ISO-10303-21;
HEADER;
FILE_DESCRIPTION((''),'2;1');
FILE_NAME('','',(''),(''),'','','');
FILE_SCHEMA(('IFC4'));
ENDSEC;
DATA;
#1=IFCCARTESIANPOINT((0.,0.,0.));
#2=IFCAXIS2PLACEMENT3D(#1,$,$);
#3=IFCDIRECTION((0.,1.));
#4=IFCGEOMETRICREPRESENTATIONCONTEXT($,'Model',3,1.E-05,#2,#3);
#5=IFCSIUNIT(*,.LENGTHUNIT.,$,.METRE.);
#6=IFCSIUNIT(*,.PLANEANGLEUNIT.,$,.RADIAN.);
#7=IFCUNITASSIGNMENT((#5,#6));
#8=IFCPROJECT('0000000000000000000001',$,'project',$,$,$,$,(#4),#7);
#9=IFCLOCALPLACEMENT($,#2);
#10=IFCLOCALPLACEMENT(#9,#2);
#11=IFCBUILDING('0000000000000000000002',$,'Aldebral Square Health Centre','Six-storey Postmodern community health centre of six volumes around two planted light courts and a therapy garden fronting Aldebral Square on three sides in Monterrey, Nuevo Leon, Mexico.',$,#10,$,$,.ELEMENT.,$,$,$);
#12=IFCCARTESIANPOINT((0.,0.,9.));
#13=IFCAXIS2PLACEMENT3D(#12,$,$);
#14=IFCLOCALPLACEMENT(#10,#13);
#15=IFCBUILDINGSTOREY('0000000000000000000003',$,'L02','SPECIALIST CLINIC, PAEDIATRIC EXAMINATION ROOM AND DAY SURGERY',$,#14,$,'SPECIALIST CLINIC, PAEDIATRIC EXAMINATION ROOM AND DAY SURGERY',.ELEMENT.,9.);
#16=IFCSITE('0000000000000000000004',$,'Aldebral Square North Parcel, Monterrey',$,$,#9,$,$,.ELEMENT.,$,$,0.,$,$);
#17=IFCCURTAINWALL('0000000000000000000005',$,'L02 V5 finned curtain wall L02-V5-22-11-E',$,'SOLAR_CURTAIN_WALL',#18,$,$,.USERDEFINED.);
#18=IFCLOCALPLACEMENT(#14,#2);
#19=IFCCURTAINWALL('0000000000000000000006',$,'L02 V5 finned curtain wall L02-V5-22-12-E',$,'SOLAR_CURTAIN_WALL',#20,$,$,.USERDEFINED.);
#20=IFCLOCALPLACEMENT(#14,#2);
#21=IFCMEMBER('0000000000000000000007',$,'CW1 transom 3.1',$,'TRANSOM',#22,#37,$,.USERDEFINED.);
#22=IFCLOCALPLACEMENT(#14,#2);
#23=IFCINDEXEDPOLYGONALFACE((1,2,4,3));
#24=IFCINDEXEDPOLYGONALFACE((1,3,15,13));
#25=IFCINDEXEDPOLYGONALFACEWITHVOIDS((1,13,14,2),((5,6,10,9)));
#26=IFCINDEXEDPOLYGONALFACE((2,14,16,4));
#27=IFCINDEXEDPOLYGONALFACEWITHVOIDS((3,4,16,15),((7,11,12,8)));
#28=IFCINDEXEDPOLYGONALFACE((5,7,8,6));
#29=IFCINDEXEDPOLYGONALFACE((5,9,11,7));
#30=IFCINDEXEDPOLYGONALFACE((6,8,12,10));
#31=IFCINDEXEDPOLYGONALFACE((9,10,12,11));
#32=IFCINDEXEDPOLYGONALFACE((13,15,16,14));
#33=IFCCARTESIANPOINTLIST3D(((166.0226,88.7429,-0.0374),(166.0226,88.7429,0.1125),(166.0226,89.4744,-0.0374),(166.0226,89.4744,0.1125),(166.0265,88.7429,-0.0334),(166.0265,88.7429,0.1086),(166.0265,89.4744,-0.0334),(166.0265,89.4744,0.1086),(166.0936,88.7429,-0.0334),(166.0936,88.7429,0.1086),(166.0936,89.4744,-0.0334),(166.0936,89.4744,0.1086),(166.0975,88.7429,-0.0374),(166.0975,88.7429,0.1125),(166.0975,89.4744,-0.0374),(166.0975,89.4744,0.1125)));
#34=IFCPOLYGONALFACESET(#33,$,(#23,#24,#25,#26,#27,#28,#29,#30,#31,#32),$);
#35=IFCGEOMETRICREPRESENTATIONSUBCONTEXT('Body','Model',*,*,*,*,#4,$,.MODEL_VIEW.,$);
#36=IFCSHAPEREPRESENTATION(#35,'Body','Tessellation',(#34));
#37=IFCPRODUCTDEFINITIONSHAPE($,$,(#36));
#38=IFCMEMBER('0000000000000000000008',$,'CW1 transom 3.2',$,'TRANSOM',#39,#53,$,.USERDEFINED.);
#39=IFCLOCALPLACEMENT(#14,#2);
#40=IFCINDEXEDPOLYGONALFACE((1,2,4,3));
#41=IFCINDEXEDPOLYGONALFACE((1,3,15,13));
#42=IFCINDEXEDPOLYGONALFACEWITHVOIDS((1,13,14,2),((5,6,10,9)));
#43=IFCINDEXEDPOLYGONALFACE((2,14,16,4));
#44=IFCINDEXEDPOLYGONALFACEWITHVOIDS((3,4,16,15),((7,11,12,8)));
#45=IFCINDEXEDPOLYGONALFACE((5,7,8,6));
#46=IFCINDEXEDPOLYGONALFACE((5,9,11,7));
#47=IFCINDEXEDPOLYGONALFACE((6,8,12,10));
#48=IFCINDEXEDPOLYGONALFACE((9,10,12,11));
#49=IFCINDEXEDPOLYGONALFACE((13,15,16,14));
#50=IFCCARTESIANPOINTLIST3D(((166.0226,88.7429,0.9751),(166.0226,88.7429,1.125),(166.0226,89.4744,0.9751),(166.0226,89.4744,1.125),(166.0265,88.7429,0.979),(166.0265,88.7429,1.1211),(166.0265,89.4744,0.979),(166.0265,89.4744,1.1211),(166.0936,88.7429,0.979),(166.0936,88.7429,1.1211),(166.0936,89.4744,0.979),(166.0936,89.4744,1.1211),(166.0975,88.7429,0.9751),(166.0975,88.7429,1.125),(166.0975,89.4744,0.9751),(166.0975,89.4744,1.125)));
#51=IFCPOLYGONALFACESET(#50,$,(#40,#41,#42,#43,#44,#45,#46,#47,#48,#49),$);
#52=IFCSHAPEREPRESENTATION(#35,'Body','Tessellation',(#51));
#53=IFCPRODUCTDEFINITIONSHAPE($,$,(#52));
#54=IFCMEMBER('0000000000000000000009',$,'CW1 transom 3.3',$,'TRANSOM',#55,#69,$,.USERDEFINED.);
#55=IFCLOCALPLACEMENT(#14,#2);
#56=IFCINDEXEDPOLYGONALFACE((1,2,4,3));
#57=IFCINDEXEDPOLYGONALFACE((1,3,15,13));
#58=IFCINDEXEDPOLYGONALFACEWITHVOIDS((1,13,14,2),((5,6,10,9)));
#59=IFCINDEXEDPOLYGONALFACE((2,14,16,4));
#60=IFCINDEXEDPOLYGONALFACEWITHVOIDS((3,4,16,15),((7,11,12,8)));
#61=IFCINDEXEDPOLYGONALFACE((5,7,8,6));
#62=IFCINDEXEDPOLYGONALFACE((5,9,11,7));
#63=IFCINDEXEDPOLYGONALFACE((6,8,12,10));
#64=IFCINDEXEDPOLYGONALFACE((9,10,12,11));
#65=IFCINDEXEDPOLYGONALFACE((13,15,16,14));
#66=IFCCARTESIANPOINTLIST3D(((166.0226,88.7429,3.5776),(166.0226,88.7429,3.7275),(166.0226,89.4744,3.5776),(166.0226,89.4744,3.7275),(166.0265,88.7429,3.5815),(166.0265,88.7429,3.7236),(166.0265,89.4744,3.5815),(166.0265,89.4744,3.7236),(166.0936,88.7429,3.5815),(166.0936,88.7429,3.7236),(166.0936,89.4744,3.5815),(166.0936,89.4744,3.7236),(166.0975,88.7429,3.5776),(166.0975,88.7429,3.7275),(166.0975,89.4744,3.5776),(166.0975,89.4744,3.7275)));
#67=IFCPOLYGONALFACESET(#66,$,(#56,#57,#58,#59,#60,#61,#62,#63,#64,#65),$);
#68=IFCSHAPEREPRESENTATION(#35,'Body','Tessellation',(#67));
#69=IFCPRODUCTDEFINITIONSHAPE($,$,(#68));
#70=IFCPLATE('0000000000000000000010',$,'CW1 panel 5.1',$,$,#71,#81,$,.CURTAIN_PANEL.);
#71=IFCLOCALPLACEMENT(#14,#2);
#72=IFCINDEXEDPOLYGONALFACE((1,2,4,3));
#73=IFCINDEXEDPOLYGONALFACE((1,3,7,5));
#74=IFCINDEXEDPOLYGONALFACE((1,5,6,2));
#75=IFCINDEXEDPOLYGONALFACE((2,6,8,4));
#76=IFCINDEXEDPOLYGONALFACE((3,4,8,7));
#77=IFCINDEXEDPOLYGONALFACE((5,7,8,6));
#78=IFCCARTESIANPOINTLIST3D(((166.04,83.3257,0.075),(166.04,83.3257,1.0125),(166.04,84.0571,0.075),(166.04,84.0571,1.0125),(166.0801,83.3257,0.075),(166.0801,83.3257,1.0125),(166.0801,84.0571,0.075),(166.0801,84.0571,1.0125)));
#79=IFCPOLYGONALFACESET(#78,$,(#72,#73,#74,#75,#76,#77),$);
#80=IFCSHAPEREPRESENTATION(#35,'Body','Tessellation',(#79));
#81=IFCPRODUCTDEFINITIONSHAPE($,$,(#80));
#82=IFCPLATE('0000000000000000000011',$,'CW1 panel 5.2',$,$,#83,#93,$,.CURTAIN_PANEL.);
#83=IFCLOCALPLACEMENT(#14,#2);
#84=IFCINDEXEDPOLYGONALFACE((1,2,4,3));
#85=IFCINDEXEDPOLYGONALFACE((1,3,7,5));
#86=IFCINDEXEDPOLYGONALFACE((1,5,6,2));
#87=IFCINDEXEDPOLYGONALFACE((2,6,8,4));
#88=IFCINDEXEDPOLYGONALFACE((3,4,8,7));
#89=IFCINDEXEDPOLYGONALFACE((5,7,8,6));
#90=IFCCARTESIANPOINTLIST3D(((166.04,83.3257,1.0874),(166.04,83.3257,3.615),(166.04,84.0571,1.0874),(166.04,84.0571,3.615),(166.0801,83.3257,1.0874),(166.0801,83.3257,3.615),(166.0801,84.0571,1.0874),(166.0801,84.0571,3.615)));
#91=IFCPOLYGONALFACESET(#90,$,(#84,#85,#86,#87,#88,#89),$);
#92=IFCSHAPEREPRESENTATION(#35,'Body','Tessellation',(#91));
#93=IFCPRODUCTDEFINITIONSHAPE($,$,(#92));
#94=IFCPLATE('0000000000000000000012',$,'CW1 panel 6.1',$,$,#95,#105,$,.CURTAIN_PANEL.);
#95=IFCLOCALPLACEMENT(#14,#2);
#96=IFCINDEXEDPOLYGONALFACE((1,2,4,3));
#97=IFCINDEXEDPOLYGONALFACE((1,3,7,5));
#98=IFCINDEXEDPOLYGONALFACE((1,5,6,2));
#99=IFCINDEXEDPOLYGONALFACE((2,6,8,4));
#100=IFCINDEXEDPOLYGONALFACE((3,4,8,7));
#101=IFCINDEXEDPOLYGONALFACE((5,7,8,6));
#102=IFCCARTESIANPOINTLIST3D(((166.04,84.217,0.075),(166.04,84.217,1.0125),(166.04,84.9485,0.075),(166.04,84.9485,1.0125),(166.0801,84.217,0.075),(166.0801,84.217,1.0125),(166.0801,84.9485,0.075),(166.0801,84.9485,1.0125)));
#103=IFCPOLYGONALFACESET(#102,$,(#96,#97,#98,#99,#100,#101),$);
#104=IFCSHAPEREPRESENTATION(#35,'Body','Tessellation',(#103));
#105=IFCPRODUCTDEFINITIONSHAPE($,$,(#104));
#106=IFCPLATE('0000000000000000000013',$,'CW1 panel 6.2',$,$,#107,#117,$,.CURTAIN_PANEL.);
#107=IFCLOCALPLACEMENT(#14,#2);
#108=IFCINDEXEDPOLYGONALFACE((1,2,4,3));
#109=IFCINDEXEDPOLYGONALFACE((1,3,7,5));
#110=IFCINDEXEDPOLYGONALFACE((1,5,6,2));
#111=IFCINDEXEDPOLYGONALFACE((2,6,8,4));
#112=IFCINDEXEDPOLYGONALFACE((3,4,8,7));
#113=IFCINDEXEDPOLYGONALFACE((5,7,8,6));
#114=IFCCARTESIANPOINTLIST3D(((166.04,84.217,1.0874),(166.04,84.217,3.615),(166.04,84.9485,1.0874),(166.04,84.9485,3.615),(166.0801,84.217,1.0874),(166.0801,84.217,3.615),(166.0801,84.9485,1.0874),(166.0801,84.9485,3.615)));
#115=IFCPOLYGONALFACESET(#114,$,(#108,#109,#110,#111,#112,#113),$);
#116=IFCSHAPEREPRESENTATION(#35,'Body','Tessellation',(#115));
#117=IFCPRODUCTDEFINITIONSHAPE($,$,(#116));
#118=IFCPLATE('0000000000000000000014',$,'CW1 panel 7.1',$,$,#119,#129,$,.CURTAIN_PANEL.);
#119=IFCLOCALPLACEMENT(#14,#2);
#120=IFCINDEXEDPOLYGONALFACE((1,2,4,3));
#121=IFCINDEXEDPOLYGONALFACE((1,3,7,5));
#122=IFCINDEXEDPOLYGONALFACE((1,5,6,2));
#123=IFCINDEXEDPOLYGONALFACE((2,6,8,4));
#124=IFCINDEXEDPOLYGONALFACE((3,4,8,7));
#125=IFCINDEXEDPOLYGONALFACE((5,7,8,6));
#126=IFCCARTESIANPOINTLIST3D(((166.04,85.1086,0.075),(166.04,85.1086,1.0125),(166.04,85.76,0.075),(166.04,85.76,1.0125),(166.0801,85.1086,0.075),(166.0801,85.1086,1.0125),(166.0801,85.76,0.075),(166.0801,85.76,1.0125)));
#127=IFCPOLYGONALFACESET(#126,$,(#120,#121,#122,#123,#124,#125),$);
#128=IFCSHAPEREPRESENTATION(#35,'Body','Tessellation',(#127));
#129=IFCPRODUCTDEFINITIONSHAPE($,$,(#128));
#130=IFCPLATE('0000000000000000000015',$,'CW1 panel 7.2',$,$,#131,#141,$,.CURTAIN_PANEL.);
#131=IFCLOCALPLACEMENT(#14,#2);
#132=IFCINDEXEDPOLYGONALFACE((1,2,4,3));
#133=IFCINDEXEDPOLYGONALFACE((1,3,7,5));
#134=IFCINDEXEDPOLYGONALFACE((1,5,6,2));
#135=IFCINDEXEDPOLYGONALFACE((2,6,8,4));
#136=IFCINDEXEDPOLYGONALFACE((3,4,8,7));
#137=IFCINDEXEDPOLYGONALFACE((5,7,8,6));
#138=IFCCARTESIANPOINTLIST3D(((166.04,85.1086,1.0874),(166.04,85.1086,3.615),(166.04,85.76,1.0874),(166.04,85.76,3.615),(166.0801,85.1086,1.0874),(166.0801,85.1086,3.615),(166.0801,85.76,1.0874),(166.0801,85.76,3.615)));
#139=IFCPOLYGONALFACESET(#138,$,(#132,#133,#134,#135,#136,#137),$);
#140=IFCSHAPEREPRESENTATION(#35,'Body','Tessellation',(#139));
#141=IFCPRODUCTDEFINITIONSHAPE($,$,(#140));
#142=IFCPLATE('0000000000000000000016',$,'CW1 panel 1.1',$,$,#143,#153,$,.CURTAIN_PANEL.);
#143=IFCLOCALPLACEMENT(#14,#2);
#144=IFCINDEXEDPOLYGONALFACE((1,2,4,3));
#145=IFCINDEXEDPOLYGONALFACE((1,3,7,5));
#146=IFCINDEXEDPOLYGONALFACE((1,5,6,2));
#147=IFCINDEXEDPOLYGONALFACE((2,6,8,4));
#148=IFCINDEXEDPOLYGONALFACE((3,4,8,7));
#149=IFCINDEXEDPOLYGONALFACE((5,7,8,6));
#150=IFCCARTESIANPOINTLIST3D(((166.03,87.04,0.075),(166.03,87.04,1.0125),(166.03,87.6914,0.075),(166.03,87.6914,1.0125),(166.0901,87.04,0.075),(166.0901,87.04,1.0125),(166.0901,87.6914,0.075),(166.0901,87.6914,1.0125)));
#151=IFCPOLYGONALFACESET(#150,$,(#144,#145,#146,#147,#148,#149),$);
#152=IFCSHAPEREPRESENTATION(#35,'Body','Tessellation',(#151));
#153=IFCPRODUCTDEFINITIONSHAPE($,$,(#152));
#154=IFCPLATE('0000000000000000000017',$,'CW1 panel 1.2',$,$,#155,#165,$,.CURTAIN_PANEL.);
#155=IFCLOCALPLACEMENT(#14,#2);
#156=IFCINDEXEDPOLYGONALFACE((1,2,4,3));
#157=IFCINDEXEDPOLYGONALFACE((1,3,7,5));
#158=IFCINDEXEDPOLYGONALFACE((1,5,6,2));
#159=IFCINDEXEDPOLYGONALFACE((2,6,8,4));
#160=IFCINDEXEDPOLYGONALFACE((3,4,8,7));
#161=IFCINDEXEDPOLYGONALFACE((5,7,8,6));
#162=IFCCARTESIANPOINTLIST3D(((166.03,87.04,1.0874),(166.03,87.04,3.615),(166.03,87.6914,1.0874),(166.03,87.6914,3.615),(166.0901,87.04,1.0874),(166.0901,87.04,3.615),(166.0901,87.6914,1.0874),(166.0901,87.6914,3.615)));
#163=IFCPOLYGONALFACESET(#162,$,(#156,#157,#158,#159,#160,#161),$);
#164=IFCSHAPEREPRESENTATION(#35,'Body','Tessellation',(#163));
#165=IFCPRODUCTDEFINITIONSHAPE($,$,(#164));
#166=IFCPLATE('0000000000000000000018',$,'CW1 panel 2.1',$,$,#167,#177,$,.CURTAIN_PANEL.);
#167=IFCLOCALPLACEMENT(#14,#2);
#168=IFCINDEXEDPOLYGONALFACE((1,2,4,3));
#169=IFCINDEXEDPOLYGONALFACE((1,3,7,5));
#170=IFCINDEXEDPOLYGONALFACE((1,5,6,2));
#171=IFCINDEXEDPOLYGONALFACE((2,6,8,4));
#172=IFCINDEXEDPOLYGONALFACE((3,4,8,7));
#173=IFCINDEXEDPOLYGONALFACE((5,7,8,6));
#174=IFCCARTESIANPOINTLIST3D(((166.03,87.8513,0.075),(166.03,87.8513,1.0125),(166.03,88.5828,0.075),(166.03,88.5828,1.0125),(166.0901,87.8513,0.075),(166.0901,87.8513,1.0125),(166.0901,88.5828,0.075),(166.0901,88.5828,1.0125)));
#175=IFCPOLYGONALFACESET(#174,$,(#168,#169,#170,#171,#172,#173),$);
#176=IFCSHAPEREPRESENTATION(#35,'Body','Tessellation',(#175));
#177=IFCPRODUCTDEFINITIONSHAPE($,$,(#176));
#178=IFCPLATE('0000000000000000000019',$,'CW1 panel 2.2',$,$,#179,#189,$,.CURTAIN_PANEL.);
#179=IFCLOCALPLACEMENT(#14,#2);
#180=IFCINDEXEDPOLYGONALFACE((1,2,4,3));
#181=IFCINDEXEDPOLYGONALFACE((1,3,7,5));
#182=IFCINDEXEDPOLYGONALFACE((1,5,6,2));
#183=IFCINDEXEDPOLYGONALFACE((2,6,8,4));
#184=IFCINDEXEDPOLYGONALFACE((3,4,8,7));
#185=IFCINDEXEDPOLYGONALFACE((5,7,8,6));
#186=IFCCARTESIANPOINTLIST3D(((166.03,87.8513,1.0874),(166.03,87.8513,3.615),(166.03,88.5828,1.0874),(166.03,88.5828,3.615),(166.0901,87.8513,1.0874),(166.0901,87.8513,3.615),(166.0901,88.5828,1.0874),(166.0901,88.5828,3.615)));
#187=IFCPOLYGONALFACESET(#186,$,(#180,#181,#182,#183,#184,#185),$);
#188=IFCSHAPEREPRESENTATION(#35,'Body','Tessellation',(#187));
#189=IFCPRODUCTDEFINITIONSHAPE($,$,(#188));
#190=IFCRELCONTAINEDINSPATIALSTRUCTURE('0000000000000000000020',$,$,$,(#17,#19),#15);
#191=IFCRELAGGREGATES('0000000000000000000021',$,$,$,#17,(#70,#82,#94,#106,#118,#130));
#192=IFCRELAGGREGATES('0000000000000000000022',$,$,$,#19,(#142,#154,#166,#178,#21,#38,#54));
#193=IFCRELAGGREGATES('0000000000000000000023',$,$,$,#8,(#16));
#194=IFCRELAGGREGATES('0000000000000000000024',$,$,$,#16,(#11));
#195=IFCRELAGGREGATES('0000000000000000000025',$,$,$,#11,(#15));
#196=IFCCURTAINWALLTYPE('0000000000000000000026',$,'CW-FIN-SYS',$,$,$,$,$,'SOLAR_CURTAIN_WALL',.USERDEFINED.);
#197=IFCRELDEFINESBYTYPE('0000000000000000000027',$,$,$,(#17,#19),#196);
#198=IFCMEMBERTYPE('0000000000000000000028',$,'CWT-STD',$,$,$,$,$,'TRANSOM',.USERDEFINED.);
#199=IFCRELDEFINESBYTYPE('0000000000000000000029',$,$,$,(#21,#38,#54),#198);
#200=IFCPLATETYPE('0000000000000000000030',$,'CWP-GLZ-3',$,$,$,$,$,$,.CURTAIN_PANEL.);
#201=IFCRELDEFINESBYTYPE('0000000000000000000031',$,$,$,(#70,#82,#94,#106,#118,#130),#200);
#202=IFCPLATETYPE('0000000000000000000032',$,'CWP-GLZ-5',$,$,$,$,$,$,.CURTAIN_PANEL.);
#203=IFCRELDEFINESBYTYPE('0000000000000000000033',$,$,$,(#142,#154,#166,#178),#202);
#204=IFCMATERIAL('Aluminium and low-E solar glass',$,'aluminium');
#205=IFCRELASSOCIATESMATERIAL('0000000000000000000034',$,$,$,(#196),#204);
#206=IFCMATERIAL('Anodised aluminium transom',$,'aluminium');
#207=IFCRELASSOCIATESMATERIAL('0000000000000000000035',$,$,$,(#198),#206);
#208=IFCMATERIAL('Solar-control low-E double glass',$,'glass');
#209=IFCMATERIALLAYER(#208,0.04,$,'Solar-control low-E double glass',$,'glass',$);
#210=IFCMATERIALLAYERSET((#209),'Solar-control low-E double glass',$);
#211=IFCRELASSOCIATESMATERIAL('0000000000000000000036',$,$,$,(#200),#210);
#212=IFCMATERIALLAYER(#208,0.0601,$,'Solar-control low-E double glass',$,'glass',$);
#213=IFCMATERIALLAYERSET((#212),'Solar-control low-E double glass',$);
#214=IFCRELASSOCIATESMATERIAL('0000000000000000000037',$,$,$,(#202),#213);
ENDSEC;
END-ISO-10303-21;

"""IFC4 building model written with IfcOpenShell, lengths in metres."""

from ifc_helpers import new_model, si_unit, direction, frame, origin, origin_2d, place, context, subcontext, project, spatial, rectangle, hollow_rectangle, extrude, material, layer, layer_set, material_profile, profile_set, type_object, element, aggregate, save


model = new_model("IFC4")

# Units and contexts
model_context = context("Model", 3, precision=1e-05, world=origin(), true_north=direction((0.0, 1.0)))
body_context = subcontext(model_context, "Body", "Model", "MODEL_VIEW")
ifc_project = project(units=[si_unit("LENGTHUNIT", "METRE"), si_unit("PLANEANGLEUNIT", "RADIAN")], contexts=[model_context])

# Site, building, storey
site_placement = place(None, origin())
site = spatial("IfcSite", under=ifc_project, at=site_placement, Name="Aldebral Square North Parcel, Monterrey", CompositionType="ELEMENT", RefElevation=0.0)
building_placement = place(site_placement, origin())
building = spatial("IfcBuilding", under=site, at=building_placement, Name="Aldebral Square Health Centre", Description="Six-storey Postmodern community health centre of six volumes around two planted light courts and a therapy garden fronting Aldebral Square on three sides in Monterrey, Nuevo Leon, Mexico.", CompositionType="ELEMENT")
storey_placement = place(building_placement, frame((0.0, 0.0, 9.0)))
storey = spatial("IfcBuildingStorey", under=building, at=storey_placement, Name="L02", Description="SPECIALIST CLINIC, PAEDIATRIC EXAMINATION ROOM AND DAY SURGERY", LongName="SPECIALIST CLINIC, PAEDIATRIC EXAMINATION ROOM AND DAY SURGERY", CompositionType="ELEMENT", Elevation=9.0)

# Curtain walls
ifc_material_1 = material(Name="Aluminium and low-E solar glass", Category="aluminium")
curtain_wall_type = type_object("IfcCurtainWallType", Name="CW-FIN-SYS", ElementType="SOLAR_CURTAIN_WALL", PredefinedType="USERDEFINED", material=ifc_material_1)
curtain_wall_1_placement = place(storey_placement, origin())
curtain_wall_1 = element("IfcCurtainWall", 1, at=curtain_wall_1_placement, inside=storey, type_object=curtain_wall_type, Name="L02 V5 finned curtain wall L02-V5-22-11-E", ObjectType="SOLAR_CURTAIN_WALL", PredefinedType="USERDEFINED")
curtain_wall_2_placement = place(storey_placement, origin())
curtain_wall_2 = element("IfcCurtainWall", 2, at=curtain_wall_2_placement, inside=storey, type_object=curtain_wall_type, Name="L02 V5 finned curtain wall L02-V5-22-12-E", ObjectType="SOLAR_CURTAIN_WALL", PredefinedType="USERDEFINED")

# Members
ifc_material_2 = material(Name="Anodised aluminium transom", Category="aluminium")
ifc_material_profile_1 = material_profile(ifc_material_2, hollow_rectangle(XDim=0.075, YDim=0.1499, WallThickness=0.0039, at=origin_2d()), Name="CWT 75x150x4")
ifc_profile_set_1 = profile_set([ifc_material_profile_1], Name="Anodised aluminium transom")
member_type_1 = type_object("IfcMemberType", Name="CWT-STD", ElementType="TRANSOM", PredefinedType="USERDEFINED", material=ifc_profile_set_1)
member_1_placement = place(storey_placement, frame((166.0601, 88.7429, 0.0376), z_axis=(0.0, 1.0, 0.0), x_axis=(-1.0, 0.0, 0.0)))
member_1 = element("IfcMember", 3, at=member_1_placement, type_object=member_type_1, Name="CW1 transom 3.1", ObjectType="TRANSOM", PredefinedType="USERDEFINED", context=body_context, shape_type="SweptSolid", body=[
    extrude(hollow_rectangle(XDim=0.075, YDim=0.1499, WallThickness=0.0039, at=origin_2d()), origin(), (0.0, 0.0, 1.0), 0.7314),
])
member_2_placement = place(storey_placement, frame((166.0601, 88.7429, 1.05), z_axis=(0.0, 1.0, 0.0), x_axis=(-1.0, 0.0, 0.0)))
member_2 = element("IfcMember", 4, at=member_2_placement, type_object=member_type_1, Name="CW1 transom 3.2", ObjectType="TRANSOM", PredefinedType="USERDEFINED", context=body_context, shape_type="SweptSolid", body=[
    extrude(hollow_rectangle(XDim=0.075, YDim=0.1499, WallThickness=0.0039, at=origin_2d()), origin(), (0.0, 0.0, 1.0), 0.7314),
])
member_3_placement = place(storey_placement, frame((166.0601, 88.7429, 3.6526), z_axis=(0.0, 1.0, 0.0), x_axis=(-1.0, 0.0, 0.0)))
member_3 = element("IfcMember", 5, at=member_3_placement, type_object=member_type_1, Name="CW1 transom 3.3", ObjectType="TRANSOM", PredefinedType="USERDEFINED", context=body_context, shape_type="SweptSolid", body=[
    extrude(hollow_rectangle(XDim=0.075, YDim=0.1499, WallThickness=0.0039, at=origin_2d()), origin(), (0.0, 0.0, 1.0), 0.7314),
])

# Plates
ifc_material_3 = material(Name="Solar-control low-E double glass", Category="glass")
ifc_layer_1 = layer(ifc_material_3, 0.04, Name="Solar-control low-E double glass", Category="glass")
ifc_layer_set_1 = layer_set([ifc_layer_1], Name="Solar-control low-E double glass")
plate_type_1 = type_object("IfcPlateType", Name="CWP-GLZ-3", PredefinedType="CURTAIN_PANEL", material=ifc_layer_set_1)
plate_1_placement = place(storey_placement, frame((166.0601, 83.6914, 0.075), z_axis=(0.0, 0.0, 1.0), x_axis=(0.0, 1.0, 0.0)))
plate_1 = element("IfcPlate", 6, at=plate_1_placement, type_object=plate_type_1, Name="CW1 panel 5.1", PredefinedType="CURTAIN_PANEL", context=body_context, shape_type="SweptSolid", body=[
    extrude(rectangle(XDim=0.7314, YDim=0.04, at=origin_2d()), origin(), (0.0, 0.0, 1.0), 0.9375),
])
plate_2_placement = place(storey_placement, frame((166.0601, 83.6914, 1.0874), z_axis=(0.0, 0.0, 1.0), x_axis=(0.0, 1.0, 0.0)))
plate_2 = element("IfcPlate", 7, at=plate_2_placement, type_object=plate_type_1, Name="CW1 panel 5.2", PredefinedType="CURTAIN_PANEL", context=body_context, shape_type="SweptSolid", body=[
    extrude(rectangle(XDim=0.7314, YDim=0.04, at=origin_2d()), origin(), (0.0, 0.0, 1.0), 2.5276),
])
plate_3_placement = place(storey_placement, frame((166.0601, 84.5828, 0.075), z_axis=(0.0, 0.0, 1.0), x_axis=(0.0, 1.0, 0.0)))
plate_3 = element("IfcPlate", 8, at=plate_3_placement, type_object=plate_type_1, Name="CW1 panel 6.1", PredefinedType="CURTAIN_PANEL", context=body_context, shape_type="SweptSolid", body=[
    extrude(rectangle(XDim=0.7314, YDim=0.04, at=origin_2d()), origin(), (0.0, 0.0, 1.0), 0.9375),
])
plate_4_placement = place(storey_placement, frame((166.0601, 84.5828, 1.0874), z_axis=(0.0, 0.0, 1.0), x_axis=(0.0, 1.0, 0.0)))
plate_4 = element("IfcPlate", 9, at=plate_4_placement, type_object=plate_type_1, Name="CW1 panel 6.2", PredefinedType="CURTAIN_PANEL", context=body_context, shape_type="SweptSolid", body=[
    extrude(rectangle(XDim=0.7314, YDim=0.04, at=origin_2d()), origin(), (0.0, 0.0, 1.0), 2.5276),
])
plate_5_placement = place(storey_placement, frame((166.0601, 85.4343, 0.075), z_axis=(0.0, 0.0, 1.0), x_axis=(0.0, 1.0, 0.0)))
plate_5 = element("IfcPlate", 10, at=plate_5_placement, type_object=plate_type_1, Name="CW1 panel 7.1", PredefinedType="CURTAIN_PANEL", context=body_context, shape_type="SweptSolid", body=[
    extrude(rectangle(XDim=0.6514, YDim=0.04, at=origin_2d()), origin(), (0.0, 0.0, 1.0), 0.9375),
])
plate_6_placement = place(storey_placement, frame((166.0601, 85.4343, 1.0874), z_axis=(0.0, 0.0, 1.0), x_axis=(0.0, 1.0, 0.0)))
plate_6 = element("IfcPlate", 11, at=plate_6_placement, type_object=plate_type_1, Name="CW1 panel 7.2", PredefinedType="CURTAIN_PANEL", context=body_context, shape_type="SweptSolid", body=[
    extrude(rectangle(XDim=0.6514, YDim=0.04, at=origin_2d()), origin(), (0.0, 0.0, 1.0), 2.5276),
])
aggregate(curtain_wall_1, [plate_1, plate_2, plate_3, plate_4, plate_5, plate_6])
ifc_layer_2 = layer(ifc_material_3, 0.0601, Name="Solar-control low-E double glass", Category="glass")
ifc_layer_set_2 = layer_set([ifc_layer_2], Name="Solar-control low-E double glass")
plate_type_2 = type_object("IfcPlateType", Name="CWP-GLZ-5", PredefinedType="CURTAIN_PANEL", material=ifc_layer_set_2)
plate_7_placement = place(storey_placement, frame((166.0601, 87.3657, 0.075), z_axis=(0.0, 0.0, 1.0), x_axis=(0.0, 1.0, 0.0)))
plate_7 = element("IfcPlate", 12, at=plate_7_placement, type_object=plate_type_2, Name="CW1 panel 1.1", PredefinedType="CURTAIN_PANEL", context=body_context, shape_type="SweptSolid", body=[
    extrude(rectangle(XDim=0.6514, YDim=0.0601, at=origin_2d()), origin(), (0.0, 0.0, 1.0), 0.9375),
])
plate_8_placement = place(storey_placement, frame((166.0601, 87.3657, 1.0874), z_axis=(0.0, 0.0, 1.0), x_axis=(0.0, 1.0, 0.0)))
plate_8 = element("IfcPlate", 13, at=plate_8_placement, type_object=plate_type_2, Name="CW1 panel 1.2", PredefinedType="CURTAIN_PANEL", context=body_context, shape_type="SweptSolid", body=[
    extrude(rectangle(XDim=0.6514, YDim=0.0601, at=origin_2d()), origin(), (0.0, 0.0, 1.0), 2.5276),
])
plate_9_placement = place(storey_placement, frame((166.0601, 88.217, 0.075), z_axis=(0.0, 0.0, 1.0), x_axis=(0.0, 1.0, 0.0)))
plate_9 = element("IfcPlate", 14, at=plate_9_placement, type_object=plate_type_2, Name="CW1 panel 2.1", PredefinedType="CURTAIN_PANEL", context=body_context, shape_type="SweptSolid", body=[
    extrude(rectangle(XDim=0.7314, YDim=0.0601, at=origin_2d()), origin(), (0.0, 0.0, 1.0), 0.9375),
])
plate_10_placement = place(storey_placement, frame((166.0601, 88.217, 1.0874), z_axis=(0.0, 0.0, 1.0), x_axis=(0.0, 1.0, 0.0)))
plate_10 = element("IfcPlate", 15, at=plate_10_placement, type_object=plate_type_2, Name="CW1 panel 2.2", PredefinedType="CURTAIN_PANEL", context=body_context, shape_type="SweptSolid", body=[
    extrude(rectangle(XDim=0.7314, YDim=0.0601, at=origin_2d()), origin(), (0.0, 0.0, 1.0), 2.5276),
])
aggregate(curtain_wall_2, [plate_7, plate_8, plate_9, plate_10, member_1, member_2, member_3])

save(model, "model.ifc")
